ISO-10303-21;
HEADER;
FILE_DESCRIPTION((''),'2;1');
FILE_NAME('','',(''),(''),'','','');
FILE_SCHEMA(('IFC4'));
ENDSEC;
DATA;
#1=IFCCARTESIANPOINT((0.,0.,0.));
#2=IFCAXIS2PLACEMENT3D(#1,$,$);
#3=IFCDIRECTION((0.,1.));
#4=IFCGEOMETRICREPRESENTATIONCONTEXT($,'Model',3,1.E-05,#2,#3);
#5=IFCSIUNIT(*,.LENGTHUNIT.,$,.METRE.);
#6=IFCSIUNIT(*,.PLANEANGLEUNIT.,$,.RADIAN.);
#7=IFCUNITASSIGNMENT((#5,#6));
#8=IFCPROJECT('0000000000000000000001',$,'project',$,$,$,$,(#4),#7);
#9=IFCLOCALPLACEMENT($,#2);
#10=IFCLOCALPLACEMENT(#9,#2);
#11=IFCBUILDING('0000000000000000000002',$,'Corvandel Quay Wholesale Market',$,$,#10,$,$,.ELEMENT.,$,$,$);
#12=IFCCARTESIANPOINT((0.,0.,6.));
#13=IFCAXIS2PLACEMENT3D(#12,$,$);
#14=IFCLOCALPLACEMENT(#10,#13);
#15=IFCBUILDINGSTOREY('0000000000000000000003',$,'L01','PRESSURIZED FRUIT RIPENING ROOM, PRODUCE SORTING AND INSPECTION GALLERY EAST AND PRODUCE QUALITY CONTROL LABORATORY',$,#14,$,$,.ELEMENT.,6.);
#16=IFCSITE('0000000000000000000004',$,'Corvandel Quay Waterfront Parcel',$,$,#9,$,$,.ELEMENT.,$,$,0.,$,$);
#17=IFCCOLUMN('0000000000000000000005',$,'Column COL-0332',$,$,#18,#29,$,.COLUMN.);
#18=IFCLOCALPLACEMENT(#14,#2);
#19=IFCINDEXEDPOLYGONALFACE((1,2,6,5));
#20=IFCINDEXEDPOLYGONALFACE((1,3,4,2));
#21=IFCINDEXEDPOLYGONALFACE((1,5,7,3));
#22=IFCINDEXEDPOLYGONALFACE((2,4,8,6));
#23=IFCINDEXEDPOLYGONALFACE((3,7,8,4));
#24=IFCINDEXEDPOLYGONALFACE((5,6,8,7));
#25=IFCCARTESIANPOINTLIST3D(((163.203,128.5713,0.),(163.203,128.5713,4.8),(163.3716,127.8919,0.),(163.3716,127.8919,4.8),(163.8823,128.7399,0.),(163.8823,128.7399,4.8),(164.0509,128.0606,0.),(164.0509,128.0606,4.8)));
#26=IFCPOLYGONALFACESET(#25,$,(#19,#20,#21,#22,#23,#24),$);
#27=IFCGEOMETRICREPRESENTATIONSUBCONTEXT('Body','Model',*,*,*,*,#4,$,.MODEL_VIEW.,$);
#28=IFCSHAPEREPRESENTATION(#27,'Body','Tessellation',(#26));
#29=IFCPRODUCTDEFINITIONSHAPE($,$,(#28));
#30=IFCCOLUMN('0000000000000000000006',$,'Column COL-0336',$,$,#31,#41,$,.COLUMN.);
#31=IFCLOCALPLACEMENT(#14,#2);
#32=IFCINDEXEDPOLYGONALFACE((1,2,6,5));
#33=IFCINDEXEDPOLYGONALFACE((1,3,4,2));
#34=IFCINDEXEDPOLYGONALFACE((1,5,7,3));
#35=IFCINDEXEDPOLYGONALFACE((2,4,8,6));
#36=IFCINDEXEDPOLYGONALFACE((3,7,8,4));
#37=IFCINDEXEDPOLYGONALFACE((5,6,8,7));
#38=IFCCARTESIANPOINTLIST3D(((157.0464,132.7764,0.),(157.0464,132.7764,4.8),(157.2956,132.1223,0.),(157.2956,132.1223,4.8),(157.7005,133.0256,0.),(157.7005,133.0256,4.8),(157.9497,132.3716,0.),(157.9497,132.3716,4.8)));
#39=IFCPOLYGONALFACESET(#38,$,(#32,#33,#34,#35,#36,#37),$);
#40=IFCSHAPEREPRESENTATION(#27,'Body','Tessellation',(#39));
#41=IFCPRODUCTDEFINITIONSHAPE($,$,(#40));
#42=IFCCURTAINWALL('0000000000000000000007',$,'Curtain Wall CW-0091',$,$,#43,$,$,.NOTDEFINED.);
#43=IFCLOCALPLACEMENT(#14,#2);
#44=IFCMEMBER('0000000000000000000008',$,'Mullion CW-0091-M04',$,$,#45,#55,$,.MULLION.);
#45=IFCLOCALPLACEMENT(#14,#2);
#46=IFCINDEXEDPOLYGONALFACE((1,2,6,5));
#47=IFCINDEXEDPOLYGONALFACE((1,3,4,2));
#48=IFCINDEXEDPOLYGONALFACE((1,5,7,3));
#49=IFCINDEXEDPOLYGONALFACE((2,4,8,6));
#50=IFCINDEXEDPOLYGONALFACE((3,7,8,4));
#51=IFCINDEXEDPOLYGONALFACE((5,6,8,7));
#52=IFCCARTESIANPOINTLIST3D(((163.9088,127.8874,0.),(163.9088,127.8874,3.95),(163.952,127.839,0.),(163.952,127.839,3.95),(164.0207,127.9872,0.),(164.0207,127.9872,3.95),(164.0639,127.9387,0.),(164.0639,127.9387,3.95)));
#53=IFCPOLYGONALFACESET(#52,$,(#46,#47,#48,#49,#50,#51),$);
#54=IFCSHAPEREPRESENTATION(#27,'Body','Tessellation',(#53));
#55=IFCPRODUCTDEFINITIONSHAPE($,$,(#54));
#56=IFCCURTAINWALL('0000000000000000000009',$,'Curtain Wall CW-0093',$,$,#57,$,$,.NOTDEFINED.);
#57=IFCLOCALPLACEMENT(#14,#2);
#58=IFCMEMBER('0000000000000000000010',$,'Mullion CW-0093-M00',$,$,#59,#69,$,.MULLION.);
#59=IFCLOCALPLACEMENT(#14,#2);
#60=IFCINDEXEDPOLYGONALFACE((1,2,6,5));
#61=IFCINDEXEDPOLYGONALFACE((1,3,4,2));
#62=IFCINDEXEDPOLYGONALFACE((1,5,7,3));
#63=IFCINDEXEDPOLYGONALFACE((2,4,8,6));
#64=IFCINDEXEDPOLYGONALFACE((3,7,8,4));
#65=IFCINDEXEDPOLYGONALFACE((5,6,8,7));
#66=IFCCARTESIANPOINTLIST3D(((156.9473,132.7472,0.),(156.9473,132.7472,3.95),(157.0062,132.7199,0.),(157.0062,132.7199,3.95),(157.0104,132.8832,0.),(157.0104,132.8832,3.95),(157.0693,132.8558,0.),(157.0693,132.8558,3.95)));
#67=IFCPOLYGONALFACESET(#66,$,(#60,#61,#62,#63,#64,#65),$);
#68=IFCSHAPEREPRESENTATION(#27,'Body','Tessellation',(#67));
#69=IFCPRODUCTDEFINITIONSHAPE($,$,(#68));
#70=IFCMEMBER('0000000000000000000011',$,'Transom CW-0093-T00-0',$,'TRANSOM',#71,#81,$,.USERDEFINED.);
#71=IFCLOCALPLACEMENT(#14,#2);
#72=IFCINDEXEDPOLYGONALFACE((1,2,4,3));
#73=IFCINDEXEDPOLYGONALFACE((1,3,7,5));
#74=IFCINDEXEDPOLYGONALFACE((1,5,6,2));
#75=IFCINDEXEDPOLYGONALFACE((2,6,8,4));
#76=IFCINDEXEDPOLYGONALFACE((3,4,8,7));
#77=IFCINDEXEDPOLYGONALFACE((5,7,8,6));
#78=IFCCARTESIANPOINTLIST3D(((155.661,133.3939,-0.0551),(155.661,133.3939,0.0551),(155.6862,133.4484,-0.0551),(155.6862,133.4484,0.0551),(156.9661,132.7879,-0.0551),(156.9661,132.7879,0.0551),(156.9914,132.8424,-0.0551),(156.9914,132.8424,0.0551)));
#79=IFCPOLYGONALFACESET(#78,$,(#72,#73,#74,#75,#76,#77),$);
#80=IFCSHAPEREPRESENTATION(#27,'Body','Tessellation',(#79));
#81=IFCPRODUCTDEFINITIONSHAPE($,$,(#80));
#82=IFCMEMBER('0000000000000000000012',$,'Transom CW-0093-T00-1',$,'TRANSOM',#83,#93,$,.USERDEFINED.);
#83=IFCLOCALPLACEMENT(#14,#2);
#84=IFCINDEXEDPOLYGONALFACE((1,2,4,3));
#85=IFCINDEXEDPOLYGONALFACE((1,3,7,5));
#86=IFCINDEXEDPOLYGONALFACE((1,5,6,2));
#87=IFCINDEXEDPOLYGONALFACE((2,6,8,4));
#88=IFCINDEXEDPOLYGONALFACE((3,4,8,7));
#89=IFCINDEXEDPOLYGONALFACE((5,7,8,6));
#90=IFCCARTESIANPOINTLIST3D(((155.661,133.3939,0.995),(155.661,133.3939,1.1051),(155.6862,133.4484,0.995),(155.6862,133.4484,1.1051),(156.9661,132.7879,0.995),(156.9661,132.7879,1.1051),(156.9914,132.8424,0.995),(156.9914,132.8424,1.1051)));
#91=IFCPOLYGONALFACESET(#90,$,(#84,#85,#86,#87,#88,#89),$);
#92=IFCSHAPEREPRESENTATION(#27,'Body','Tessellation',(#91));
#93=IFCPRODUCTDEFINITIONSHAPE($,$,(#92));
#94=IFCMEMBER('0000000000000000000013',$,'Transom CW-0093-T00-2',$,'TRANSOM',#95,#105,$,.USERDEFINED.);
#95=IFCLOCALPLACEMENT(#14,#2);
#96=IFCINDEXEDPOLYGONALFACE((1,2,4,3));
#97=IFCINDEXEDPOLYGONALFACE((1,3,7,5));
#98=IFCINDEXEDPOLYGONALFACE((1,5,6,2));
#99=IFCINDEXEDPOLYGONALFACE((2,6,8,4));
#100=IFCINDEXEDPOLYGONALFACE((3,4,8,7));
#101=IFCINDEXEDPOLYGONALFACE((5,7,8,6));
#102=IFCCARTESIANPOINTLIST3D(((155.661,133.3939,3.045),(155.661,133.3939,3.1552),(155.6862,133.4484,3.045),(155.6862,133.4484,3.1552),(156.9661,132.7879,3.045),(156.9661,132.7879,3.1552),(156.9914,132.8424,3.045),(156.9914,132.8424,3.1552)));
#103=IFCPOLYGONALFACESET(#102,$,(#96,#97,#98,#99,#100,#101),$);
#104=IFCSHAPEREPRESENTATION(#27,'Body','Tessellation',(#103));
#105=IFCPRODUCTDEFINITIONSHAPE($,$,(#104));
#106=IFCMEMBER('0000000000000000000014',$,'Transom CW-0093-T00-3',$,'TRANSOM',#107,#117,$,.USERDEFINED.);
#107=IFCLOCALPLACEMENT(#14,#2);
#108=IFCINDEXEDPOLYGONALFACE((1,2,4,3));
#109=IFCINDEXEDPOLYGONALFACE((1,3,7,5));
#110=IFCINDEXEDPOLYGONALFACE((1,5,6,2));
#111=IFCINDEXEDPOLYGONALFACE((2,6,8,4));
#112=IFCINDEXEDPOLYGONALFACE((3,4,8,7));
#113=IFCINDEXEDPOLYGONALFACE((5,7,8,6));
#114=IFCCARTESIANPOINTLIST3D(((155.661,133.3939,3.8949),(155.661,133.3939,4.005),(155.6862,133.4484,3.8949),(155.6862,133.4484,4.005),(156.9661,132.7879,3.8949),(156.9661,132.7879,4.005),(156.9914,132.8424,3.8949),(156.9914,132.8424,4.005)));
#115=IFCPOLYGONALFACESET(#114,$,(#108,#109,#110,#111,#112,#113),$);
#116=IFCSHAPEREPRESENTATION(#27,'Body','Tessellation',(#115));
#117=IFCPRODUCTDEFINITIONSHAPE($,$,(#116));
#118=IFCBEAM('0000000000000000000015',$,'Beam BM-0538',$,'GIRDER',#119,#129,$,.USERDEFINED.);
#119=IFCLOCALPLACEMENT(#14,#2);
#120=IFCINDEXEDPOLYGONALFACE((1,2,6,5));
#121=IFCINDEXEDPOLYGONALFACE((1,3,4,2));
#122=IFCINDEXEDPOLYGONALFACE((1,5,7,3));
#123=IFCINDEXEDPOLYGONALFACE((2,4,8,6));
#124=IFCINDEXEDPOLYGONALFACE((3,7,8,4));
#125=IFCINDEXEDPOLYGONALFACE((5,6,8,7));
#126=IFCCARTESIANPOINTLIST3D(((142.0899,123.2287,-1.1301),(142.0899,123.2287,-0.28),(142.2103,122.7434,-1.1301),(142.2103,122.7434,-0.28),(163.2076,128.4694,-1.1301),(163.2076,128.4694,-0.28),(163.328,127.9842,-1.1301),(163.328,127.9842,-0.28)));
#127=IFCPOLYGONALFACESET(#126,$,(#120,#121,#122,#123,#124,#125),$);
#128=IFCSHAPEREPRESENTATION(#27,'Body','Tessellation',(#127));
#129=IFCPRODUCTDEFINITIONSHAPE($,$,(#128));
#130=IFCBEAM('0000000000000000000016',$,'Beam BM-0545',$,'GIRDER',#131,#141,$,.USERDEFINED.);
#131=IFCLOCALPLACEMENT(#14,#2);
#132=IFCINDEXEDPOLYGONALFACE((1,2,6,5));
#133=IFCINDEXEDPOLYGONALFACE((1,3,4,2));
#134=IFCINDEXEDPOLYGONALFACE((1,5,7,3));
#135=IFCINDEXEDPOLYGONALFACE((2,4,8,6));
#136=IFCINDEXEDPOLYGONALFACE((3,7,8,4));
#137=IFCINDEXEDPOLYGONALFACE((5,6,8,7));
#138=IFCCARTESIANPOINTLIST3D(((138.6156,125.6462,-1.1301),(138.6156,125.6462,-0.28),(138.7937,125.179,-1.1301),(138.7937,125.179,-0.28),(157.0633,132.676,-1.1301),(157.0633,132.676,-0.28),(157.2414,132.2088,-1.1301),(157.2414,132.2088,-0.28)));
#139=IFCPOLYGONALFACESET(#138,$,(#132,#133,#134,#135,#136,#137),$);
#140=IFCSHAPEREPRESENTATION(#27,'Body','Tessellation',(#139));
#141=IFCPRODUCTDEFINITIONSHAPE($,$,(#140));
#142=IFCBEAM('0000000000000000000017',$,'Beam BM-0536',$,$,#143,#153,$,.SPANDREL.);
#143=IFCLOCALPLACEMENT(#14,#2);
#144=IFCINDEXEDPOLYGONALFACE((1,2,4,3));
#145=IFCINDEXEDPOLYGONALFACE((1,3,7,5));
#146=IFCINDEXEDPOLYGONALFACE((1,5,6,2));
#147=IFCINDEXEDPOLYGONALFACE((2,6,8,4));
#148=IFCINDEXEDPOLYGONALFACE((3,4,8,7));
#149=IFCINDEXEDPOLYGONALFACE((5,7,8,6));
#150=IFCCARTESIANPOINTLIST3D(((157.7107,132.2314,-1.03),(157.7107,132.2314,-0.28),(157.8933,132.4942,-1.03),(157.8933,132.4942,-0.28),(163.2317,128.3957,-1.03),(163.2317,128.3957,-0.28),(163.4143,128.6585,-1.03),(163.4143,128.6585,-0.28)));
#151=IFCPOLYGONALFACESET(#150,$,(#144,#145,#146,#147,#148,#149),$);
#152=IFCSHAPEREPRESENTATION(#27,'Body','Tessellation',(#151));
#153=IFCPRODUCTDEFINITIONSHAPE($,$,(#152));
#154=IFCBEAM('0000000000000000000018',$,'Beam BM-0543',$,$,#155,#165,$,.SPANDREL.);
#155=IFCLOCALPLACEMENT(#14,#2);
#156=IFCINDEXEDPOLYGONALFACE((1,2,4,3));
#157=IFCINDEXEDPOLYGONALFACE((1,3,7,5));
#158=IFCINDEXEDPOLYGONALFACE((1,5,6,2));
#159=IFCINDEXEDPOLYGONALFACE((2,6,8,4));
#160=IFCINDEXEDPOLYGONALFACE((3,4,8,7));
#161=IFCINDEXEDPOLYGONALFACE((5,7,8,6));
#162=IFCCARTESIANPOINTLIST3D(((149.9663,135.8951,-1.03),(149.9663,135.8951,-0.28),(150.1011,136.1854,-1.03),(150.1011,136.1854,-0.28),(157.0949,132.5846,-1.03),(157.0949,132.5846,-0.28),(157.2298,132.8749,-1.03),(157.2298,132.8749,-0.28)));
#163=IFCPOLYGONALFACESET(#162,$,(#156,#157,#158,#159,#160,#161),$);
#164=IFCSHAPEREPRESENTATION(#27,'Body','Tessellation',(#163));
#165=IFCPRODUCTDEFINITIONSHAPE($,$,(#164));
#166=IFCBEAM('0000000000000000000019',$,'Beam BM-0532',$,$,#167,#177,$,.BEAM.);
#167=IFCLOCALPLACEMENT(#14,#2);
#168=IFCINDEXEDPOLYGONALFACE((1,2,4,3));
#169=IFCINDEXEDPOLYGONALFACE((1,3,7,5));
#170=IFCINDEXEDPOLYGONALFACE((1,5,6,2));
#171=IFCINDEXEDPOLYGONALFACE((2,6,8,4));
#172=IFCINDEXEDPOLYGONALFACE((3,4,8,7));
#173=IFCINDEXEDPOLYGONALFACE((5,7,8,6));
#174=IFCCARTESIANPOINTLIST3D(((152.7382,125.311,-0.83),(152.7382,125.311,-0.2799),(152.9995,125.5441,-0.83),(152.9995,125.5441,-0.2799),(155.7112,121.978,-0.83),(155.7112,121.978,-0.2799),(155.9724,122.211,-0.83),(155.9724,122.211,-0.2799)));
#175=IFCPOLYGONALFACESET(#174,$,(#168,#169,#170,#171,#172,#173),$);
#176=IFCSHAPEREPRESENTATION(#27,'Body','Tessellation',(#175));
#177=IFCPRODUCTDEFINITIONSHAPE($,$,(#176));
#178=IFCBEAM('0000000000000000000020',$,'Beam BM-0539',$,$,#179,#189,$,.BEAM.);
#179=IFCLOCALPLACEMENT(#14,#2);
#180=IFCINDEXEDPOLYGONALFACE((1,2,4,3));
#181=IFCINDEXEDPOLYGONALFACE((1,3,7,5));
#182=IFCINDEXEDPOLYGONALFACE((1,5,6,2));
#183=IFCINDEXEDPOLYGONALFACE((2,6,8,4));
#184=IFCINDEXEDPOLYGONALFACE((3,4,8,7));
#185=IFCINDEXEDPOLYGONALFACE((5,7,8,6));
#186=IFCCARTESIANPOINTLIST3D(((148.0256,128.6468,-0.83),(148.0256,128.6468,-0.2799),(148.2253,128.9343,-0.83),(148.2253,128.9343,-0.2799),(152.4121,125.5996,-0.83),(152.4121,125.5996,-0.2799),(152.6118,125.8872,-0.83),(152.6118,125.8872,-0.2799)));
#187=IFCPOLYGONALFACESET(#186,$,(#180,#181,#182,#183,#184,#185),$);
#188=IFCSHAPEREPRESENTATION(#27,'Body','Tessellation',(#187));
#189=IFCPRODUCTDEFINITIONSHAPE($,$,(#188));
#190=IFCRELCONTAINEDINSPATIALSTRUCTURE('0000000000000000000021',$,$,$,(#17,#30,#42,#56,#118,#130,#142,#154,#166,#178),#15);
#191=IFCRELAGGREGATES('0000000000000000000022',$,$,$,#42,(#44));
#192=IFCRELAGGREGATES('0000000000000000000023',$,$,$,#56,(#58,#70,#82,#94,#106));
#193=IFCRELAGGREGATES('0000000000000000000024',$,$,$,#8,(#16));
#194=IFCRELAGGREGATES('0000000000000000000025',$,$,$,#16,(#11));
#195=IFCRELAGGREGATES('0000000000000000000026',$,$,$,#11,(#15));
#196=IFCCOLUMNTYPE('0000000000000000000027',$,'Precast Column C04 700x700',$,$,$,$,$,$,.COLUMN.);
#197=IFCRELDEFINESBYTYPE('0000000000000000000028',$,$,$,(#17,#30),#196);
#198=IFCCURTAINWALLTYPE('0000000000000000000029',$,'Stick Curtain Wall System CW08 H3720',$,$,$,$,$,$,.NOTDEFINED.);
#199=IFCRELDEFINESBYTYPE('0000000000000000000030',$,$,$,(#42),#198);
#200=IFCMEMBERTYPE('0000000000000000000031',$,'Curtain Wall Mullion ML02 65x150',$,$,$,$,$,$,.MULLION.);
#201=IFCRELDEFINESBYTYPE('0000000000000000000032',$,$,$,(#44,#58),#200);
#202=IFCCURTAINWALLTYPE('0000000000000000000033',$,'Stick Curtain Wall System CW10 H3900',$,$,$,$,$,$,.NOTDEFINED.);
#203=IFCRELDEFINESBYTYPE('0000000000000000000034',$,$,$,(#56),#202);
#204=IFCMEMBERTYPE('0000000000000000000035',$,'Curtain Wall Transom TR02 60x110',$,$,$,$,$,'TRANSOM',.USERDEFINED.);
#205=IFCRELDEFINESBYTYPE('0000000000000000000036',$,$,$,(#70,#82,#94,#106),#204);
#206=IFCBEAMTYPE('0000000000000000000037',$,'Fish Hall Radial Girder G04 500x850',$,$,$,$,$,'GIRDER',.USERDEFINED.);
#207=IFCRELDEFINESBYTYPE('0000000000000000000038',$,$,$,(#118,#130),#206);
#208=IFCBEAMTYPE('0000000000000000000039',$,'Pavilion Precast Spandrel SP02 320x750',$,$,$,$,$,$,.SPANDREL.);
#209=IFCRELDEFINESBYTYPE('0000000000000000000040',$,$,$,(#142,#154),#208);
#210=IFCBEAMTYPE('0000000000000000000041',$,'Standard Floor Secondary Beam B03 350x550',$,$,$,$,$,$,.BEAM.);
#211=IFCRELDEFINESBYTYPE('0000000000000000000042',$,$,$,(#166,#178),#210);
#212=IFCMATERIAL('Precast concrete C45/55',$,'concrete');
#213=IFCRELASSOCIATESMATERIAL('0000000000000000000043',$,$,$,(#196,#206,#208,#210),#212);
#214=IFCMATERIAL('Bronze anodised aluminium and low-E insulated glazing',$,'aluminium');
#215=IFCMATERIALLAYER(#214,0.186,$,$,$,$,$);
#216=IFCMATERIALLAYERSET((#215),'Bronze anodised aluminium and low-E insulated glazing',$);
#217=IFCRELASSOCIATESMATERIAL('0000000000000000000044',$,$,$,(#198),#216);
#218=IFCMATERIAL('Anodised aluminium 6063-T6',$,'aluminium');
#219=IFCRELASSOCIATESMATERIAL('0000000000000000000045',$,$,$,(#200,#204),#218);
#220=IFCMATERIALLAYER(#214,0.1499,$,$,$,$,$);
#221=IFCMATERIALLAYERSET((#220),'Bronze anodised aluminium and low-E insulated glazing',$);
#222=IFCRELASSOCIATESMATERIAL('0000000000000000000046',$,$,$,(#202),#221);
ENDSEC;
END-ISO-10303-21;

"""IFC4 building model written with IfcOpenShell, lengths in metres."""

from ifc_helpers import new_model, si_unit, direction, frame, origin, origin_2d, place, context, subcontext, project, spatial, rectangle, extrude, material, layer, layer_set, material_profile, profile_set, type_object, element, aggregate, save


model = new_model("IFC4")

# Units and contexts
model_context = context("Model", 3, precision=1e-05, world=origin(), true_north=direction((0.0, 1.0)))
body_context = subcontext(model_context, "Body", "Model", "MODEL_VIEW")
ifc_project = project(units=[si_unit("LENGTHUNIT", "METRE"), si_unit("PLANEANGLEUNIT", "RADIAN")], contexts=[model_context])

# Site, building, storey
site_placement = place(None, origin())
site = spatial("IfcSite", under=ifc_project, at=site_placement, Name="Corvandel Quay Waterfront Parcel", CompositionType="ELEMENT", RefElevation=0.0)
building_placement = place(site_placement, origin())
building = spatial("IfcBuilding", under=site, at=building_placement, Name="Corvandel Quay Wholesale Market", CompositionType="ELEMENT")
storey_placement = place(building_placement, frame((0.0, 0.0, 6.0)))
storey = spatial("IfcBuildingStorey", under=building, at=storey_placement, Name="L01", Description="PRESSURIZED FRUIT RIPENING ROOM, PRODUCE SORTING AND INSPECTION GALLERY EAST AND PRODUCE QUALITY CONTROL LABORATORY", CompositionType="ELEMENT", Elevation=6.0)

# Columns
ifc_material_1 = material(Name="Precast concrete C45/55", Category="concrete")
ifc_material_profile_1 = material_profile(ifc_material_1, rectangle(XDim=0.7, YDim=0.7, at=origin_2d()), Name="PC-COL-700x700")
ifc_profile_set_1 = profile_set([ifc_material_profile_1], Name="Precast concrete C45/55")
column_type = type_object("IfcColumnType", Name="Precast Column C04 700x700", PredefinedType="COLUMN", material=ifc_profile_set_1)
for number, where, z_axis, x_axis, name in (
    (1, (163.627, 128.3159, 0.0), (0.0, 0.0, 1.0), (-0.240906, 0.970549, 0.0), "Column COL-0332"),
    (2, (157.498, 132.574, 0.0), (0.0, 0.0, 1.0), (-0.356086, 0.934453, 0.0), "Column COL-0336"),
):
    element("IfcColumn", number, at=place(storey_placement, frame(where, z_axis=z_axis, x_axis=x_axis)), inside=storey, type_object=column_type, Name=name, PredefinedType="COLUMN", context=body_context, shape_type="SweptSolid", body=[
        extrude(rectangle(XDim=0.7, YDim=0.7, at=origin_2d()), origin(), (0.0, 0.0, 1.0), 4.8),
    ])

# Curtain wall, member
ifc_material_2 = material(Name="Bronze anodised aluminium and low-E insulated glazing", Category="aluminium")
ifc_layer_1 = layer(ifc_material_2, 0.186)
ifc_layer_set_1 = layer_set([ifc_layer_1], Name="Bronze anodised aluminium and low-E insulated glazing")
curtain_wall_type_1 = type_object("IfcCurtainWallType", Name="Stick Curtain Wall System CW08 H3720", PredefinedType="NOTDEFINED", material=ifc_layer_set_1)
curtain_wall_1_placement = place(storey_placement, origin())
curtain_wall_1 = element("IfcCurtainWall", 3, at=curtain_wall_1_placement, inside=storey, type_object=curtain_wall_type_1, Name="Curtain Wall CW-0091", PredefinedType="NOTDEFINED")
ifc_material_3 = material(Name="Anodised aluminium 6063-T6", Category="aluminium")
ifc_material_profile_2 = material_profile(ifc_material_3, rectangle(XDim=0.0649, YDim=0.1499, at=origin_2d()), Name="ALU-MUL-65x150")
ifc_profile_set_2 = profile_set([ifc_material_profile_2], Name="Anodised aluminium 6063-T6")
member_type_1 = type_object("IfcMemberType", Name="Curtain Wall Mullion ML02 65x150", PredefinedType="MULLION", material=ifc_profile_set_2)
member_1_placement = place(storey_placement, frame((163.9863, 127.9131, 0.0), z_axis=(0.0, 0.0, 1.0), x_axis=(-0.665621, 0.74629, 0.0)))
member_1 = element("IfcMember", 4, at=member_1_placement, type_object=member_type_1, Name="Mullion CW-0091-M04", PredefinedType="MULLION", context=body_context, shape_type="SweptSolid", body=[
    extrude(rectangle(XDim=0.0649, YDim=0.1499, at=origin_2d()), origin(), (0.0, 0.0, 1.0), 3.95),
])
aggregate(curtain_wall_1, [member_1])

# Curtain wall, members
ifc_layer_2 = layer(ifc_material_2, 0.1499)
ifc_layer_set_2 = layer_set([ifc_layer_2], Name="Bronze anodised aluminium and low-E insulated glazing")
curtain_wall_type_2 = type_object("IfcCurtainWallType", Name="Stick Curtain Wall System CW10 H3900", PredefinedType="NOTDEFINED", material=ifc_layer_set_2)
curtain_wall_2_placement = place(storey_placement, origin())
curtain_wall_2 = element("IfcCurtainWall", 5, at=curtain_wall_2_placement, inside=storey, type_object=curtain_wall_type_2, Name="Curtain Wall CW-0093", PredefinedType="NOTDEFINED")
member_2_placement = place(storey_placement, frame((157.0083, 132.8015, 0.0), z_axis=(0.0, 0.0, 1.0), x_axis=(-0.906971, 0.421194, 0.0)))
member_2 = element("IfcMember", 6, at=member_2_placement, type_object=member_type_1, Name="Mullion CW-0093-M00", PredefinedType="MULLION", context=body_context, shape_type="SweptSolid", body=[
    extrude(rectangle(XDim=0.0649, YDim=0.1499, at=origin_2d()), origin(), (0.0, 0.0, 1.0), 3.95),
])
ifc_material_profile_3 = material_profile(ifc_material_3, rectangle(XDim=0.0601, YDim=0.1101, at=origin_2d()), Name="ALU-TRN-60x110")
ifc_profile_set_3 = profile_set([ifc_material_profile_3], Name="Anodised aluminium 6063-T6")
member_type_2 = type_object("IfcMemberType", Name="Curtain Wall Transom TR02 60x110", ElementType="TRANSOM", PredefinedType="USERDEFINED", material=ifc_profile_set_3)
member_3_placement = place(storey_placement, frame((156.9788, 132.8152, 0.0), z_axis=(-0.907014, 0.421101, 0.0), x_axis=(-0.421101, -0.907014, 0.0)))
member_3 = element("IfcMember", 7, at=member_3_placement, type_object=member_type_2, Name="Transom CW-0093-T00-0", ObjectType="TRANSOM", PredefinedType="USERDEFINED", context=body_context, shape_type="SweptSolid", body=[
    extrude(rectangle(XDim=0.0601, YDim=0.1101, at=origin_2d()), origin(), (0.0, 0.0, 1.0), 1.439),
])
member_4_placement = place(storey_placement, frame((156.9788, 132.8152, 1.05), z_axis=(-0.907014, 0.421101, 0.0), x_axis=(-0.421101, -0.907014, 0.0)))
member_4 = element("IfcMember", 8, at=member_4_placement, type_object=member_type_2, Name="Transom CW-0093-T00-1", ObjectType="TRANSOM", PredefinedType="USERDEFINED", context=body_context, shape_type="SweptSolid", body=[
    extrude(rectangle(XDim=0.0601, YDim=0.1101, at=origin_2d()), origin(), (0.0, 0.0, 1.0), 1.439),
])
member_5_placement = place(storey_placement, frame((156.9788, 132.8152, 3.1001), z_axis=(-0.907014, 0.421101, 0.0), x_axis=(-0.421101, -0.907014, 0.0)))
member_5 = element("IfcMember", 9, at=member_5_placement, type_object=member_type_2, Name="Transom CW-0093-T00-2", ObjectType="TRANSOM", PredefinedType="USERDEFINED", context=body_context, shape_type="SweptSolid", body=[
    extrude(rectangle(XDim=0.0601, YDim=0.1101, at=origin_2d()), origin(), (0.0, 0.0, 1.0), 1.439),
])
member_6_placement = place(storey_placement, frame((156.9788, 132.8152, 3.95), z_axis=(-0.907014, 0.421101, 0.0), x_axis=(-0.421101, -0.907014, 0.0)))
member_6 = element("IfcMember", 10, at=member_6_placement, type_object=member_type_2, Name="Transom CW-0093-T00-3", ObjectType="TRANSOM", PredefinedType="USERDEFINED", context=body_context, shape_type="SweptSolid", body=[
    extrude(rectangle(XDim=0.0601, YDim=0.1101, at=origin_2d()), origin(), (0.0, 0.0, 1.0), 1.439),
])

# Beams
ifc_material_profile_4 = material_profile(ifc_material_1, rectangle(XDim=0.5, YDim=0.8501, at=origin_2d()), Name="PC-GIR-500x850")
ifc_profile_set_4 = profile_set([ifc_material_profile_4], Name="Precast concrete C45/55")
beam_type_1 = type_object("IfcBeamType", Name="Fish Hall Radial Girder G04 500x850", ElementType="GIRDER", PredefinedType="USERDEFINED", material=ifc_profile_set_4)
beam_1_placement = place(storey_placement, frame((163.2678, 128.2268, -0.7051), z_axis=(-0.97056, -0.240861, 0.0), x_axis=(0.240861, -0.97056, 0.0)))
element("IfcBeam", 11, at=beam_1_placement, inside=storey, type_object=beam_type_1, Name="Beam BM-0538", ObjectType="GIRDER", PredefinedType="USERDEFINED", context=body_context, shape_type="SweptSolid", body=[
    extrude(rectangle(XDim=0.5, YDim=0.8501, at=origin_2d()), origin(), (0.0, 0.0, 1.0), 21.7583),
])
beam_2_placement = place(storey_placement, frame((157.1523, 132.4424, -0.7051), z_axis=(-0.934453, -0.356087, 0.0), x_axis=(0.356087, -0.934453, 0.0)))
element("IfcBeam", 12, at=beam_2_placement, inside=storey, type_object=beam_type_1, Name="Beam BM-0545", ObjectType="GIRDER", PredefinedType="USERDEFINED", context=body_context, shape_type="SweptSolid", body=[
    extrude(rectangle(XDim=0.5, YDim=0.8501, at=origin_2d()), origin(), (0.0, 0.0, 1.0), 19.7417),
])
ifc_material_profile_5 = material_profile(ifc_material_1, rectangle(XDim=0.3201, YDim=0.75, at=origin_2d()), Name="PC-SPN-320x750")
ifc_profile_set_5 = profile_set([ifc_material_profile_5], Name="Precast concrete C45/55")
beam_type_2 = type_object("IfcBeamType", Name="Pavilion Precast Spandrel SP02 320x750", PredefinedType="SPANDREL", material=ifc_profile_set_5)
beam_3_placement = place(storey_placement, frame((163.323, 128.5271, -0.655), z_axis=(-0.821254, 0.570563, 0.0), x_axis=(-0.570563, -0.821254, 0.0)))
element("IfcBeam", 13, at=beam_3_placement, inside=storey, type_object=beam_type_2, Name="Beam BM-0536", PredefinedType="SPANDREL", context=body_context, shape_type="SweptSolid", body=[
    extrude(rectangle(XDim=0.3201, YDim=0.75, at=origin_2d()), origin(), (0.0, 0.0, 1.0), 6.7227),
])
beam_4_placement = place(storey_placement, frame((157.1624, 132.7297, -0.655), z_axis=(-0.90697, 0.421196, 0.0), x_axis=(-0.421196, -0.90697, 0.0)))
element("IfcBeam", 14, at=beam_4_placement, inside=storey, type_object=beam_type_2, Name="Beam BM-0543", PredefinedType="SPANDREL", context=body_context, shape_type="SweptSolid", body=[
    extrude(rectangle(XDim=0.3201, YDim=0.75, at=origin_2d()), origin(), (0.0, 0.0, 1.0), 7.8599),
])
ifc_material_profile_6 = material_profile(ifc_material_1, rectangle(XDim=0.3501, YDim=0.55, at=origin_2d()), Name="PC-BM-350x550")
ifc_profile_set_6 = profile_set([ifc_material_profile_6], Name="Precast concrete C45/55")
beam_type_3 = type_object("IfcBeamType", Name="Standard Floor Secondary Beam B03 350x550", PredefinedType="BEAM", material=ifc_profile_set_6)
beam_5_placement = place(storey_placement, frame((155.8418, 122.0945, -0.5549), z_axis=(-0.665642, 0.746271, 0.0), x_axis=(-0.746271, -0.665642, 0.0)))
element("IfcBeam", 15, at=beam_5_placement, inside=storey, type_object=beam_type_3, Name="Beam BM-0532", PredefinedType="BEAM", context=body_context, shape_type="SweptSolid", body=[
    extrude(rectangle(XDim=0.3501, YDim=0.55, at=origin_2d()), origin(), (0.0, 0.0, 1.0), 4.4663),
])
beam_6_placement = place(storey_placement, frame((152.512, 125.7434, -0.5549), z_axis=(-0.821286, 0.570517, 0.0), x_axis=(-0.570517, -0.821286, 0.0)))
element("IfcBeam", 16, at=beam_6_placement, inside=storey, type_object=beam_type_3, Name="Beam BM-0539", PredefinedType="BEAM", context=body_context, shape_type="SweptSolid", body=[
    extrude(rectangle(XDim=0.3501, YDim=0.55, at=origin_2d()), origin(), (0.0, 0.0, 1.0), 5.3411),
])

aggregate(curtain_wall_2, [member_2, member_3, member_4, member_5, member_6])

save(model, "model.ifc")
